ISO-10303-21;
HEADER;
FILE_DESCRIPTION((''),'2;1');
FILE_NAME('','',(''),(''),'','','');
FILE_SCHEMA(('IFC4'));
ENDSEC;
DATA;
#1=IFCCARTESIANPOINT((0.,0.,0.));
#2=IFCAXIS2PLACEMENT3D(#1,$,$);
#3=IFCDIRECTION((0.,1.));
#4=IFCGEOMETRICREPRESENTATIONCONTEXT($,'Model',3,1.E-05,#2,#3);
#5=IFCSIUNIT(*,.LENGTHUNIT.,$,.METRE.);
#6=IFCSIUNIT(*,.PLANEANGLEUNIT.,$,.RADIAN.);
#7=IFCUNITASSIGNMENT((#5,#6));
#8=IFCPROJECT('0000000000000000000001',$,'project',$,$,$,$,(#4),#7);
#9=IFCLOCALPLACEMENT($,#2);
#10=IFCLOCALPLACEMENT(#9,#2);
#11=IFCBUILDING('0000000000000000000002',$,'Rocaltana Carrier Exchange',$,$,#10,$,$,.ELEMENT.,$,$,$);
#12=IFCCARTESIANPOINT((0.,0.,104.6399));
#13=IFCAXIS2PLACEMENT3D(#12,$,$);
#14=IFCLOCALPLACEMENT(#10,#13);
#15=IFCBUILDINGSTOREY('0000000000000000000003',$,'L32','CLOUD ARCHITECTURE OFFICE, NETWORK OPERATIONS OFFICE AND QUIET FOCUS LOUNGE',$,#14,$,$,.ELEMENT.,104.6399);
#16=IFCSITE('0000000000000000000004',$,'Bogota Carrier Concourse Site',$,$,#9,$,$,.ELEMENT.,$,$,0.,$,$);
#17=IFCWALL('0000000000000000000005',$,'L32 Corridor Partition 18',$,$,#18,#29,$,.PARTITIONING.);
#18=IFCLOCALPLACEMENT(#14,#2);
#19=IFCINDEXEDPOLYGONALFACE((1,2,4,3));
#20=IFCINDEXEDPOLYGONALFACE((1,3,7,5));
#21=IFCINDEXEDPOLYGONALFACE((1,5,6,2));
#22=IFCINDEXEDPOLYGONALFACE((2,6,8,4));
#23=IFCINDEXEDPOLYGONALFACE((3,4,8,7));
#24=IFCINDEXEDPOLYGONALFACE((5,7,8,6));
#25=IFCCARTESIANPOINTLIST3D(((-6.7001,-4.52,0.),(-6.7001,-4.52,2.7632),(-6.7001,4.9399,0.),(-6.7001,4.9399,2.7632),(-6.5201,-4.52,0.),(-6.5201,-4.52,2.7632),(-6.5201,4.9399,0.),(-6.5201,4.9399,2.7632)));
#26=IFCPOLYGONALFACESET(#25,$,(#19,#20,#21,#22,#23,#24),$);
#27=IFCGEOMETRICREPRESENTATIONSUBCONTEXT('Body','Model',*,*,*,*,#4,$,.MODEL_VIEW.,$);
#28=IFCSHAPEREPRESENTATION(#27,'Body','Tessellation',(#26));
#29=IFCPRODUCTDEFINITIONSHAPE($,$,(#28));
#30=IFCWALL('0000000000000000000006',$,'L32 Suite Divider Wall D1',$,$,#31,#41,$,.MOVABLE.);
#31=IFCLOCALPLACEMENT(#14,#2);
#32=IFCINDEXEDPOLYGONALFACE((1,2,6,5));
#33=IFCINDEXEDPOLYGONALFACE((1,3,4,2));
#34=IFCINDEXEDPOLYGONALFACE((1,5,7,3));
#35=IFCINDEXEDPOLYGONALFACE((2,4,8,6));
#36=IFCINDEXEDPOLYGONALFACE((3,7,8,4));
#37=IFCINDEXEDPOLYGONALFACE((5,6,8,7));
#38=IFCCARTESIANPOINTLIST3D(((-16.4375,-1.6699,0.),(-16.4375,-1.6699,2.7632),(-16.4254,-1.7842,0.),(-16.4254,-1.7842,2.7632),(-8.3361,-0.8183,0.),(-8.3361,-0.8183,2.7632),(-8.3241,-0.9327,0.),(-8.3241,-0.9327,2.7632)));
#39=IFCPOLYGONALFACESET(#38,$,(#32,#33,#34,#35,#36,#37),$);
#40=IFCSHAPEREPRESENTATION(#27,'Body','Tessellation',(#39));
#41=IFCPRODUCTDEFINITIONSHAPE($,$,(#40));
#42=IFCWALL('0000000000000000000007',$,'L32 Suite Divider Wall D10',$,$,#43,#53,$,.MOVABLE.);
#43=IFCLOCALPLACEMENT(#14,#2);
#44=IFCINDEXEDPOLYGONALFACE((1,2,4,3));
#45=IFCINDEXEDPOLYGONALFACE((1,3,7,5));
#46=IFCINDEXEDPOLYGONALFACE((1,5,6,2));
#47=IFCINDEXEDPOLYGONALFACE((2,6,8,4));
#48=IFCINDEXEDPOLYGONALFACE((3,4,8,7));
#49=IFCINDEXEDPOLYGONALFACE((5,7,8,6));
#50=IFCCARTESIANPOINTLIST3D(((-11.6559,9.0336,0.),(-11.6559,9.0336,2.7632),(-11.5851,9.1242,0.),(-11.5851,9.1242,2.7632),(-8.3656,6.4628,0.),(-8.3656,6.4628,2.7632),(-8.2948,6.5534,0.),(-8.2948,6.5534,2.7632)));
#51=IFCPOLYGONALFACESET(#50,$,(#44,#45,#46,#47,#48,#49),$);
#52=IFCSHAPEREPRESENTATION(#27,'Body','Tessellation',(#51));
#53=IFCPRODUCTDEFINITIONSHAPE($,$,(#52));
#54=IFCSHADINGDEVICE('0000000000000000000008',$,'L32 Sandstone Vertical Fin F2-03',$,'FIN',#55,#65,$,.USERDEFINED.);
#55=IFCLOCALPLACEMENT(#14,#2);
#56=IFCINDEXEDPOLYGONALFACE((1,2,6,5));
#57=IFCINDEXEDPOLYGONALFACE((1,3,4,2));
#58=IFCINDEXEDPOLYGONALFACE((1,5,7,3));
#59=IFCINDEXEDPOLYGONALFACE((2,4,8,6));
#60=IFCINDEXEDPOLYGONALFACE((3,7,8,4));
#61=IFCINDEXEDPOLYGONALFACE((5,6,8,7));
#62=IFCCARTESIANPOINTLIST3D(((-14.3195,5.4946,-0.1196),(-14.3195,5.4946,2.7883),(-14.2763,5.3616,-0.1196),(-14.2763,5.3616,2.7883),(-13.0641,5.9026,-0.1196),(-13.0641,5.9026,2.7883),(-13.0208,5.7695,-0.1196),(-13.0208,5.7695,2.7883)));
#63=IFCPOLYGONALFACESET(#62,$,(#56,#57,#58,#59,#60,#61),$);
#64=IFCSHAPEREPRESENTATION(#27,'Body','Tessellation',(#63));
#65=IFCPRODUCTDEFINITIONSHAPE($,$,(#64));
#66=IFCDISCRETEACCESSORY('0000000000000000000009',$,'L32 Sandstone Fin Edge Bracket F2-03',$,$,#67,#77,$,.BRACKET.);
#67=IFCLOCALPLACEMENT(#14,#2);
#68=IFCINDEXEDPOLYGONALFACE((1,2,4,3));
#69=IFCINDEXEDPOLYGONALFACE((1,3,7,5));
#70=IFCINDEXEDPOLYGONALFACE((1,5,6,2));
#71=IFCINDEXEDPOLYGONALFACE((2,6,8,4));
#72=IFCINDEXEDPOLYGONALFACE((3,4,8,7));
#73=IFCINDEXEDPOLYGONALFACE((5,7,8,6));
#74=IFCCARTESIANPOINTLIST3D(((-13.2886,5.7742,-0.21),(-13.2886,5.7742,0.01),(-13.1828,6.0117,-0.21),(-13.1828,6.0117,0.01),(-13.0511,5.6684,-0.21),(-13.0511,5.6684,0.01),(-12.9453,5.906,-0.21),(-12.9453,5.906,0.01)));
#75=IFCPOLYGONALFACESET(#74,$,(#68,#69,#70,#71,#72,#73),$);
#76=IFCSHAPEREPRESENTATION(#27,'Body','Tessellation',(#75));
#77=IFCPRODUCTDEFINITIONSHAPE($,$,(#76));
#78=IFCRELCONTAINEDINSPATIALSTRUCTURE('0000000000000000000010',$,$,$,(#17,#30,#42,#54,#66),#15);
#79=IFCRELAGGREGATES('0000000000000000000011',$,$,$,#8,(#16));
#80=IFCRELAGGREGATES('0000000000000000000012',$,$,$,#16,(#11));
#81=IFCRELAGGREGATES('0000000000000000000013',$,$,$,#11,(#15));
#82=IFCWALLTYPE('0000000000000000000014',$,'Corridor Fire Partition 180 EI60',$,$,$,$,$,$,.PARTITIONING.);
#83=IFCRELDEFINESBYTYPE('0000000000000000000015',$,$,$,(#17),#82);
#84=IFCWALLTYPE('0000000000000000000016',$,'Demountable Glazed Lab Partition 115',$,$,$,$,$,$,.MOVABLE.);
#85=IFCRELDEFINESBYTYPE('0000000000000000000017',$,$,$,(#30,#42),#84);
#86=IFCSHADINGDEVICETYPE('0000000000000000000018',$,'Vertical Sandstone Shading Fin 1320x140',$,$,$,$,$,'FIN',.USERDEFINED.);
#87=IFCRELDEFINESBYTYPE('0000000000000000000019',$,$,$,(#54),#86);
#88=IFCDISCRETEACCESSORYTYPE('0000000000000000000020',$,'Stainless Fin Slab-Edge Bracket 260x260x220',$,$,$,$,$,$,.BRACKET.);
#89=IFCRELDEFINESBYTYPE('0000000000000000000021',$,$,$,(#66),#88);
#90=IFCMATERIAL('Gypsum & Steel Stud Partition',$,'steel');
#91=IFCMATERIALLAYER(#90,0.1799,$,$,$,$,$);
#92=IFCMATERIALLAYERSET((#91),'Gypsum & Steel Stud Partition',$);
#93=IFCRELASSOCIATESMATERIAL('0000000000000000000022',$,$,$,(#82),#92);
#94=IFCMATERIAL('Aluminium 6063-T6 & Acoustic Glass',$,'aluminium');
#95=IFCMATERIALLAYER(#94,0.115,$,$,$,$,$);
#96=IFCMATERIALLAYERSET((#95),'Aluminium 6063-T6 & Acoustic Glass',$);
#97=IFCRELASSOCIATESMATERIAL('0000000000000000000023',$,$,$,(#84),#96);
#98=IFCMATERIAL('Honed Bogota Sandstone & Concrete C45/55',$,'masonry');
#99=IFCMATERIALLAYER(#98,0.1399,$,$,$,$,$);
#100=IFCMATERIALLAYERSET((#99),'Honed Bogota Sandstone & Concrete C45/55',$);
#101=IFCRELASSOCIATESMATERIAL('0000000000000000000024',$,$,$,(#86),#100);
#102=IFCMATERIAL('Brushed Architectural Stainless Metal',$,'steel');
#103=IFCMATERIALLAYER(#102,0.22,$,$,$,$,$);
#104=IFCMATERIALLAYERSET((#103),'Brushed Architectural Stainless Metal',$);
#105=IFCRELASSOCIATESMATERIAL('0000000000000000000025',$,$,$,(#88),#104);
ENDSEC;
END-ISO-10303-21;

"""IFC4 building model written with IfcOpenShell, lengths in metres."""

from ifc_helpers import new_model, si_unit, direction, frame, frame_2d, origin, origin_2d, place, context, subcontext, project, spatial, rectangle, extrude, material, layer, layer_set, type_object, element, save


model = new_model("IFC4")

# Units and contexts
model_context = context("Model", 3, precision=1e-05, world=origin(), true_north=direction((0.0, 1.0)))
body_context = subcontext(model_context, "Body", "Model", "MODEL_VIEW")
ifc_project = project(units=[si_unit("LENGTHUNIT", "METRE"), si_unit("PLANEANGLEUNIT", "RADIAN")], contexts=[model_context])

# Site, building, storey
site_placement = place(None, origin())
site = spatial("IfcSite", under=ifc_project, at=site_placement, Name="Bogota Carrier Concourse Site", CompositionType="ELEMENT", RefElevation=0.0)
building_placement = place(site_placement, origin())
building = spatial("IfcBuilding", under=site, at=building_placement, Name="Rocaltana Carrier Exchange", CompositionType="ELEMENT")
storey_placement = place(building_placement, frame((0.0, 0.0, 104.6399)))
storey = spatial("IfcBuildingStorey", under=building, at=storey_placement, Name="L32", Description="CLOUD ARCHITECTURE OFFICE, NETWORK OPERATIONS OFFICE AND QUIET FOCUS LOUNGE", CompositionType="ELEMENT", Elevation=104.6399)

# Walls
ifc_material_1 = material(Name="Gypsum & Steel Stud Partition", Category="steel")
ifc_layer_1 = layer(ifc_material_1, 0.1799)
ifc_layer_set_1 = layer_set([ifc_layer_1], Name="Gypsum & Steel Stud Partition")
wall_type_1 = type_object("IfcWallType", Name="Corridor Fire Partition 180 EI60", PredefinedType="PARTITIONING", material=ifc_layer_set_1)
wall_1_placement = place(storey_placement, frame((-6.6101, 4.9399, 0.0), z_axis=(0.0, 0.0, 1.0), x_axis=(0.0, -1.0, 0.0)))
element("IfcWall", 1, at=wall_1_placement, inside=storey, type_object=wall_type_1, Name="L32 Corridor Partition 18", PredefinedType="PARTITIONING", context=body_context, shape_type="SweptSolid", body=[
    extrude(rectangle(XDim=9.46, YDim=0.1799, at=frame_2d((4.73, 0.0))), origin(), (0.0, 0.0, 1.0), 2.7632),
])
ifc_material_2 = material(Name="Aluminium 6063-T6 & Acoustic Glass", Category="aluminium")
ifc_layer_2 = layer(ifc_material_2, 0.115)
ifc_layer_set_2 = layer_set([ifc_layer_2], Name="Aluminium 6063-T6 & Acoustic Glass")
wall_type_2 = type_object("IfcWallType", Name="Demountable Glazed Lab Partition 115", PredefinedType="MOVABLE", material=ifc_layer_set_2)
wall_2_placement = place(storey_placement, frame((-8.3301, -0.8755, 0.0), z_axis=(0.0, 0.0, 1.0), x_axis=(-0.994521, -0.104538, 0.0)))
element("IfcWall", 2, at=wall_2_placement, inside=storey, type_object=wall_type_2, Name="L32 Suite Divider Wall D1", PredefinedType="MOVABLE", context=body_context, shape_type="SweptSolid", body=[
    extrude(rectangle(XDim=8.146, YDim=0.115, at=frame_2d((4.073, 0.0))), origin(), (0.0, 0.0, 1.0), 2.7632),
])
wall_3_placement = place(storey_placement, frame((-8.3301, 6.5081, 0.0), z_axis=(0.0, 0.0, 1.0), x_axis=(-0.787993, 0.615684, 0.0)))
element("IfcWall", 3, at=wall_3_placement, inside=storey, type_object=wall_type_2, Name="L32 Suite Divider Wall D10", PredefinedType="MOVABLE", context=body_context, shape_type="SweptSolid", body=[
    extrude(rectangle(XDim=4.1755, YDim=0.115, at=frame_2d((2.0879, 0.0))), origin(), (0.0, 0.0, 1.0), 2.7632),
])

# Shading device
ifc_material_3 = material(Name="Honed Bogota Sandstone & Concrete C45/55", Category="masonry")
ifc_layer_3 = layer(ifc_material_3, 0.1399)
ifc_layer_set_3 = layer_set([ifc_layer_3], Name="Honed Bogota Sandstone & Concrete C45/55")
shading_device_type = type_object("IfcShadingDeviceType", Name="Vertical Sandstone Shading Fin 1320x140", ElementType="FIN", PredefinedType="USERDEFINED", material=ifc_layer_set_3)
shading_device_placement = place(storey_placement, frame((-13.6702, 5.6321, -0.1196), z_axis=(0.0, 0.0, 1.0), x_axis=(-0.951057, -0.309017, 0.0)))
element("IfcShadingDevice", 4, at=shading_device_placement, inside=storey, type_object=shading_device_type, Name="L32 Sandstone Vertical Fin F2-03", ObjectType="FIN", PredefinedType="USERDEFINED", context=body_context, shape_type="SweptSolid", body=[
    extrude(rectangle(XDim=1.3201, YDim=0.1399, at=origin_2d()), origin(), (0.0, 0.0, 1.0), 2.908),
])

# Discrete accessory
ifc_material_4 = material(Name="Brushed Architectural Stainless Metal", Category="steel")
ifc_layer_4 = layer(ifc_material_4, 0.22)
ifc_layer_set_4 = layer_set([ifc_layer_4], Name="Brushed Architectural Stainless Metal")
discrete_accessory_type = type_object("IfcDiscreteAccessoryType", Name="Stainless Fin Slab-Edge Bracket 260x260x220", PredefinedType="BRACKET", material=ifc_layer_set_4)
discrete_accessory_placement = place(storey_placement, frame((-13.1169, 5.8401, -0.21), z_axis=(0.0, 0.0, 1.0), x_axis=(-0.406737, -0.913545, 0.0)))
element("IfcDiscreteAccessory", 5, at=discrete_accessory_placement, inside=storey, type_object=discrete_accessory_type, Name="L32 Sandstone Fin Edge Bracket F2-03", PredefinedType="BRACKET", context=body_context, shape_type="SweptSolid", body=[
    extrude(rectangle(XDim=0.26, YDim=0.26, at=origin_2d()), origin(), (0.0, 0.0, 1.0), 0.22),
])

save(model, "model.ifc")
